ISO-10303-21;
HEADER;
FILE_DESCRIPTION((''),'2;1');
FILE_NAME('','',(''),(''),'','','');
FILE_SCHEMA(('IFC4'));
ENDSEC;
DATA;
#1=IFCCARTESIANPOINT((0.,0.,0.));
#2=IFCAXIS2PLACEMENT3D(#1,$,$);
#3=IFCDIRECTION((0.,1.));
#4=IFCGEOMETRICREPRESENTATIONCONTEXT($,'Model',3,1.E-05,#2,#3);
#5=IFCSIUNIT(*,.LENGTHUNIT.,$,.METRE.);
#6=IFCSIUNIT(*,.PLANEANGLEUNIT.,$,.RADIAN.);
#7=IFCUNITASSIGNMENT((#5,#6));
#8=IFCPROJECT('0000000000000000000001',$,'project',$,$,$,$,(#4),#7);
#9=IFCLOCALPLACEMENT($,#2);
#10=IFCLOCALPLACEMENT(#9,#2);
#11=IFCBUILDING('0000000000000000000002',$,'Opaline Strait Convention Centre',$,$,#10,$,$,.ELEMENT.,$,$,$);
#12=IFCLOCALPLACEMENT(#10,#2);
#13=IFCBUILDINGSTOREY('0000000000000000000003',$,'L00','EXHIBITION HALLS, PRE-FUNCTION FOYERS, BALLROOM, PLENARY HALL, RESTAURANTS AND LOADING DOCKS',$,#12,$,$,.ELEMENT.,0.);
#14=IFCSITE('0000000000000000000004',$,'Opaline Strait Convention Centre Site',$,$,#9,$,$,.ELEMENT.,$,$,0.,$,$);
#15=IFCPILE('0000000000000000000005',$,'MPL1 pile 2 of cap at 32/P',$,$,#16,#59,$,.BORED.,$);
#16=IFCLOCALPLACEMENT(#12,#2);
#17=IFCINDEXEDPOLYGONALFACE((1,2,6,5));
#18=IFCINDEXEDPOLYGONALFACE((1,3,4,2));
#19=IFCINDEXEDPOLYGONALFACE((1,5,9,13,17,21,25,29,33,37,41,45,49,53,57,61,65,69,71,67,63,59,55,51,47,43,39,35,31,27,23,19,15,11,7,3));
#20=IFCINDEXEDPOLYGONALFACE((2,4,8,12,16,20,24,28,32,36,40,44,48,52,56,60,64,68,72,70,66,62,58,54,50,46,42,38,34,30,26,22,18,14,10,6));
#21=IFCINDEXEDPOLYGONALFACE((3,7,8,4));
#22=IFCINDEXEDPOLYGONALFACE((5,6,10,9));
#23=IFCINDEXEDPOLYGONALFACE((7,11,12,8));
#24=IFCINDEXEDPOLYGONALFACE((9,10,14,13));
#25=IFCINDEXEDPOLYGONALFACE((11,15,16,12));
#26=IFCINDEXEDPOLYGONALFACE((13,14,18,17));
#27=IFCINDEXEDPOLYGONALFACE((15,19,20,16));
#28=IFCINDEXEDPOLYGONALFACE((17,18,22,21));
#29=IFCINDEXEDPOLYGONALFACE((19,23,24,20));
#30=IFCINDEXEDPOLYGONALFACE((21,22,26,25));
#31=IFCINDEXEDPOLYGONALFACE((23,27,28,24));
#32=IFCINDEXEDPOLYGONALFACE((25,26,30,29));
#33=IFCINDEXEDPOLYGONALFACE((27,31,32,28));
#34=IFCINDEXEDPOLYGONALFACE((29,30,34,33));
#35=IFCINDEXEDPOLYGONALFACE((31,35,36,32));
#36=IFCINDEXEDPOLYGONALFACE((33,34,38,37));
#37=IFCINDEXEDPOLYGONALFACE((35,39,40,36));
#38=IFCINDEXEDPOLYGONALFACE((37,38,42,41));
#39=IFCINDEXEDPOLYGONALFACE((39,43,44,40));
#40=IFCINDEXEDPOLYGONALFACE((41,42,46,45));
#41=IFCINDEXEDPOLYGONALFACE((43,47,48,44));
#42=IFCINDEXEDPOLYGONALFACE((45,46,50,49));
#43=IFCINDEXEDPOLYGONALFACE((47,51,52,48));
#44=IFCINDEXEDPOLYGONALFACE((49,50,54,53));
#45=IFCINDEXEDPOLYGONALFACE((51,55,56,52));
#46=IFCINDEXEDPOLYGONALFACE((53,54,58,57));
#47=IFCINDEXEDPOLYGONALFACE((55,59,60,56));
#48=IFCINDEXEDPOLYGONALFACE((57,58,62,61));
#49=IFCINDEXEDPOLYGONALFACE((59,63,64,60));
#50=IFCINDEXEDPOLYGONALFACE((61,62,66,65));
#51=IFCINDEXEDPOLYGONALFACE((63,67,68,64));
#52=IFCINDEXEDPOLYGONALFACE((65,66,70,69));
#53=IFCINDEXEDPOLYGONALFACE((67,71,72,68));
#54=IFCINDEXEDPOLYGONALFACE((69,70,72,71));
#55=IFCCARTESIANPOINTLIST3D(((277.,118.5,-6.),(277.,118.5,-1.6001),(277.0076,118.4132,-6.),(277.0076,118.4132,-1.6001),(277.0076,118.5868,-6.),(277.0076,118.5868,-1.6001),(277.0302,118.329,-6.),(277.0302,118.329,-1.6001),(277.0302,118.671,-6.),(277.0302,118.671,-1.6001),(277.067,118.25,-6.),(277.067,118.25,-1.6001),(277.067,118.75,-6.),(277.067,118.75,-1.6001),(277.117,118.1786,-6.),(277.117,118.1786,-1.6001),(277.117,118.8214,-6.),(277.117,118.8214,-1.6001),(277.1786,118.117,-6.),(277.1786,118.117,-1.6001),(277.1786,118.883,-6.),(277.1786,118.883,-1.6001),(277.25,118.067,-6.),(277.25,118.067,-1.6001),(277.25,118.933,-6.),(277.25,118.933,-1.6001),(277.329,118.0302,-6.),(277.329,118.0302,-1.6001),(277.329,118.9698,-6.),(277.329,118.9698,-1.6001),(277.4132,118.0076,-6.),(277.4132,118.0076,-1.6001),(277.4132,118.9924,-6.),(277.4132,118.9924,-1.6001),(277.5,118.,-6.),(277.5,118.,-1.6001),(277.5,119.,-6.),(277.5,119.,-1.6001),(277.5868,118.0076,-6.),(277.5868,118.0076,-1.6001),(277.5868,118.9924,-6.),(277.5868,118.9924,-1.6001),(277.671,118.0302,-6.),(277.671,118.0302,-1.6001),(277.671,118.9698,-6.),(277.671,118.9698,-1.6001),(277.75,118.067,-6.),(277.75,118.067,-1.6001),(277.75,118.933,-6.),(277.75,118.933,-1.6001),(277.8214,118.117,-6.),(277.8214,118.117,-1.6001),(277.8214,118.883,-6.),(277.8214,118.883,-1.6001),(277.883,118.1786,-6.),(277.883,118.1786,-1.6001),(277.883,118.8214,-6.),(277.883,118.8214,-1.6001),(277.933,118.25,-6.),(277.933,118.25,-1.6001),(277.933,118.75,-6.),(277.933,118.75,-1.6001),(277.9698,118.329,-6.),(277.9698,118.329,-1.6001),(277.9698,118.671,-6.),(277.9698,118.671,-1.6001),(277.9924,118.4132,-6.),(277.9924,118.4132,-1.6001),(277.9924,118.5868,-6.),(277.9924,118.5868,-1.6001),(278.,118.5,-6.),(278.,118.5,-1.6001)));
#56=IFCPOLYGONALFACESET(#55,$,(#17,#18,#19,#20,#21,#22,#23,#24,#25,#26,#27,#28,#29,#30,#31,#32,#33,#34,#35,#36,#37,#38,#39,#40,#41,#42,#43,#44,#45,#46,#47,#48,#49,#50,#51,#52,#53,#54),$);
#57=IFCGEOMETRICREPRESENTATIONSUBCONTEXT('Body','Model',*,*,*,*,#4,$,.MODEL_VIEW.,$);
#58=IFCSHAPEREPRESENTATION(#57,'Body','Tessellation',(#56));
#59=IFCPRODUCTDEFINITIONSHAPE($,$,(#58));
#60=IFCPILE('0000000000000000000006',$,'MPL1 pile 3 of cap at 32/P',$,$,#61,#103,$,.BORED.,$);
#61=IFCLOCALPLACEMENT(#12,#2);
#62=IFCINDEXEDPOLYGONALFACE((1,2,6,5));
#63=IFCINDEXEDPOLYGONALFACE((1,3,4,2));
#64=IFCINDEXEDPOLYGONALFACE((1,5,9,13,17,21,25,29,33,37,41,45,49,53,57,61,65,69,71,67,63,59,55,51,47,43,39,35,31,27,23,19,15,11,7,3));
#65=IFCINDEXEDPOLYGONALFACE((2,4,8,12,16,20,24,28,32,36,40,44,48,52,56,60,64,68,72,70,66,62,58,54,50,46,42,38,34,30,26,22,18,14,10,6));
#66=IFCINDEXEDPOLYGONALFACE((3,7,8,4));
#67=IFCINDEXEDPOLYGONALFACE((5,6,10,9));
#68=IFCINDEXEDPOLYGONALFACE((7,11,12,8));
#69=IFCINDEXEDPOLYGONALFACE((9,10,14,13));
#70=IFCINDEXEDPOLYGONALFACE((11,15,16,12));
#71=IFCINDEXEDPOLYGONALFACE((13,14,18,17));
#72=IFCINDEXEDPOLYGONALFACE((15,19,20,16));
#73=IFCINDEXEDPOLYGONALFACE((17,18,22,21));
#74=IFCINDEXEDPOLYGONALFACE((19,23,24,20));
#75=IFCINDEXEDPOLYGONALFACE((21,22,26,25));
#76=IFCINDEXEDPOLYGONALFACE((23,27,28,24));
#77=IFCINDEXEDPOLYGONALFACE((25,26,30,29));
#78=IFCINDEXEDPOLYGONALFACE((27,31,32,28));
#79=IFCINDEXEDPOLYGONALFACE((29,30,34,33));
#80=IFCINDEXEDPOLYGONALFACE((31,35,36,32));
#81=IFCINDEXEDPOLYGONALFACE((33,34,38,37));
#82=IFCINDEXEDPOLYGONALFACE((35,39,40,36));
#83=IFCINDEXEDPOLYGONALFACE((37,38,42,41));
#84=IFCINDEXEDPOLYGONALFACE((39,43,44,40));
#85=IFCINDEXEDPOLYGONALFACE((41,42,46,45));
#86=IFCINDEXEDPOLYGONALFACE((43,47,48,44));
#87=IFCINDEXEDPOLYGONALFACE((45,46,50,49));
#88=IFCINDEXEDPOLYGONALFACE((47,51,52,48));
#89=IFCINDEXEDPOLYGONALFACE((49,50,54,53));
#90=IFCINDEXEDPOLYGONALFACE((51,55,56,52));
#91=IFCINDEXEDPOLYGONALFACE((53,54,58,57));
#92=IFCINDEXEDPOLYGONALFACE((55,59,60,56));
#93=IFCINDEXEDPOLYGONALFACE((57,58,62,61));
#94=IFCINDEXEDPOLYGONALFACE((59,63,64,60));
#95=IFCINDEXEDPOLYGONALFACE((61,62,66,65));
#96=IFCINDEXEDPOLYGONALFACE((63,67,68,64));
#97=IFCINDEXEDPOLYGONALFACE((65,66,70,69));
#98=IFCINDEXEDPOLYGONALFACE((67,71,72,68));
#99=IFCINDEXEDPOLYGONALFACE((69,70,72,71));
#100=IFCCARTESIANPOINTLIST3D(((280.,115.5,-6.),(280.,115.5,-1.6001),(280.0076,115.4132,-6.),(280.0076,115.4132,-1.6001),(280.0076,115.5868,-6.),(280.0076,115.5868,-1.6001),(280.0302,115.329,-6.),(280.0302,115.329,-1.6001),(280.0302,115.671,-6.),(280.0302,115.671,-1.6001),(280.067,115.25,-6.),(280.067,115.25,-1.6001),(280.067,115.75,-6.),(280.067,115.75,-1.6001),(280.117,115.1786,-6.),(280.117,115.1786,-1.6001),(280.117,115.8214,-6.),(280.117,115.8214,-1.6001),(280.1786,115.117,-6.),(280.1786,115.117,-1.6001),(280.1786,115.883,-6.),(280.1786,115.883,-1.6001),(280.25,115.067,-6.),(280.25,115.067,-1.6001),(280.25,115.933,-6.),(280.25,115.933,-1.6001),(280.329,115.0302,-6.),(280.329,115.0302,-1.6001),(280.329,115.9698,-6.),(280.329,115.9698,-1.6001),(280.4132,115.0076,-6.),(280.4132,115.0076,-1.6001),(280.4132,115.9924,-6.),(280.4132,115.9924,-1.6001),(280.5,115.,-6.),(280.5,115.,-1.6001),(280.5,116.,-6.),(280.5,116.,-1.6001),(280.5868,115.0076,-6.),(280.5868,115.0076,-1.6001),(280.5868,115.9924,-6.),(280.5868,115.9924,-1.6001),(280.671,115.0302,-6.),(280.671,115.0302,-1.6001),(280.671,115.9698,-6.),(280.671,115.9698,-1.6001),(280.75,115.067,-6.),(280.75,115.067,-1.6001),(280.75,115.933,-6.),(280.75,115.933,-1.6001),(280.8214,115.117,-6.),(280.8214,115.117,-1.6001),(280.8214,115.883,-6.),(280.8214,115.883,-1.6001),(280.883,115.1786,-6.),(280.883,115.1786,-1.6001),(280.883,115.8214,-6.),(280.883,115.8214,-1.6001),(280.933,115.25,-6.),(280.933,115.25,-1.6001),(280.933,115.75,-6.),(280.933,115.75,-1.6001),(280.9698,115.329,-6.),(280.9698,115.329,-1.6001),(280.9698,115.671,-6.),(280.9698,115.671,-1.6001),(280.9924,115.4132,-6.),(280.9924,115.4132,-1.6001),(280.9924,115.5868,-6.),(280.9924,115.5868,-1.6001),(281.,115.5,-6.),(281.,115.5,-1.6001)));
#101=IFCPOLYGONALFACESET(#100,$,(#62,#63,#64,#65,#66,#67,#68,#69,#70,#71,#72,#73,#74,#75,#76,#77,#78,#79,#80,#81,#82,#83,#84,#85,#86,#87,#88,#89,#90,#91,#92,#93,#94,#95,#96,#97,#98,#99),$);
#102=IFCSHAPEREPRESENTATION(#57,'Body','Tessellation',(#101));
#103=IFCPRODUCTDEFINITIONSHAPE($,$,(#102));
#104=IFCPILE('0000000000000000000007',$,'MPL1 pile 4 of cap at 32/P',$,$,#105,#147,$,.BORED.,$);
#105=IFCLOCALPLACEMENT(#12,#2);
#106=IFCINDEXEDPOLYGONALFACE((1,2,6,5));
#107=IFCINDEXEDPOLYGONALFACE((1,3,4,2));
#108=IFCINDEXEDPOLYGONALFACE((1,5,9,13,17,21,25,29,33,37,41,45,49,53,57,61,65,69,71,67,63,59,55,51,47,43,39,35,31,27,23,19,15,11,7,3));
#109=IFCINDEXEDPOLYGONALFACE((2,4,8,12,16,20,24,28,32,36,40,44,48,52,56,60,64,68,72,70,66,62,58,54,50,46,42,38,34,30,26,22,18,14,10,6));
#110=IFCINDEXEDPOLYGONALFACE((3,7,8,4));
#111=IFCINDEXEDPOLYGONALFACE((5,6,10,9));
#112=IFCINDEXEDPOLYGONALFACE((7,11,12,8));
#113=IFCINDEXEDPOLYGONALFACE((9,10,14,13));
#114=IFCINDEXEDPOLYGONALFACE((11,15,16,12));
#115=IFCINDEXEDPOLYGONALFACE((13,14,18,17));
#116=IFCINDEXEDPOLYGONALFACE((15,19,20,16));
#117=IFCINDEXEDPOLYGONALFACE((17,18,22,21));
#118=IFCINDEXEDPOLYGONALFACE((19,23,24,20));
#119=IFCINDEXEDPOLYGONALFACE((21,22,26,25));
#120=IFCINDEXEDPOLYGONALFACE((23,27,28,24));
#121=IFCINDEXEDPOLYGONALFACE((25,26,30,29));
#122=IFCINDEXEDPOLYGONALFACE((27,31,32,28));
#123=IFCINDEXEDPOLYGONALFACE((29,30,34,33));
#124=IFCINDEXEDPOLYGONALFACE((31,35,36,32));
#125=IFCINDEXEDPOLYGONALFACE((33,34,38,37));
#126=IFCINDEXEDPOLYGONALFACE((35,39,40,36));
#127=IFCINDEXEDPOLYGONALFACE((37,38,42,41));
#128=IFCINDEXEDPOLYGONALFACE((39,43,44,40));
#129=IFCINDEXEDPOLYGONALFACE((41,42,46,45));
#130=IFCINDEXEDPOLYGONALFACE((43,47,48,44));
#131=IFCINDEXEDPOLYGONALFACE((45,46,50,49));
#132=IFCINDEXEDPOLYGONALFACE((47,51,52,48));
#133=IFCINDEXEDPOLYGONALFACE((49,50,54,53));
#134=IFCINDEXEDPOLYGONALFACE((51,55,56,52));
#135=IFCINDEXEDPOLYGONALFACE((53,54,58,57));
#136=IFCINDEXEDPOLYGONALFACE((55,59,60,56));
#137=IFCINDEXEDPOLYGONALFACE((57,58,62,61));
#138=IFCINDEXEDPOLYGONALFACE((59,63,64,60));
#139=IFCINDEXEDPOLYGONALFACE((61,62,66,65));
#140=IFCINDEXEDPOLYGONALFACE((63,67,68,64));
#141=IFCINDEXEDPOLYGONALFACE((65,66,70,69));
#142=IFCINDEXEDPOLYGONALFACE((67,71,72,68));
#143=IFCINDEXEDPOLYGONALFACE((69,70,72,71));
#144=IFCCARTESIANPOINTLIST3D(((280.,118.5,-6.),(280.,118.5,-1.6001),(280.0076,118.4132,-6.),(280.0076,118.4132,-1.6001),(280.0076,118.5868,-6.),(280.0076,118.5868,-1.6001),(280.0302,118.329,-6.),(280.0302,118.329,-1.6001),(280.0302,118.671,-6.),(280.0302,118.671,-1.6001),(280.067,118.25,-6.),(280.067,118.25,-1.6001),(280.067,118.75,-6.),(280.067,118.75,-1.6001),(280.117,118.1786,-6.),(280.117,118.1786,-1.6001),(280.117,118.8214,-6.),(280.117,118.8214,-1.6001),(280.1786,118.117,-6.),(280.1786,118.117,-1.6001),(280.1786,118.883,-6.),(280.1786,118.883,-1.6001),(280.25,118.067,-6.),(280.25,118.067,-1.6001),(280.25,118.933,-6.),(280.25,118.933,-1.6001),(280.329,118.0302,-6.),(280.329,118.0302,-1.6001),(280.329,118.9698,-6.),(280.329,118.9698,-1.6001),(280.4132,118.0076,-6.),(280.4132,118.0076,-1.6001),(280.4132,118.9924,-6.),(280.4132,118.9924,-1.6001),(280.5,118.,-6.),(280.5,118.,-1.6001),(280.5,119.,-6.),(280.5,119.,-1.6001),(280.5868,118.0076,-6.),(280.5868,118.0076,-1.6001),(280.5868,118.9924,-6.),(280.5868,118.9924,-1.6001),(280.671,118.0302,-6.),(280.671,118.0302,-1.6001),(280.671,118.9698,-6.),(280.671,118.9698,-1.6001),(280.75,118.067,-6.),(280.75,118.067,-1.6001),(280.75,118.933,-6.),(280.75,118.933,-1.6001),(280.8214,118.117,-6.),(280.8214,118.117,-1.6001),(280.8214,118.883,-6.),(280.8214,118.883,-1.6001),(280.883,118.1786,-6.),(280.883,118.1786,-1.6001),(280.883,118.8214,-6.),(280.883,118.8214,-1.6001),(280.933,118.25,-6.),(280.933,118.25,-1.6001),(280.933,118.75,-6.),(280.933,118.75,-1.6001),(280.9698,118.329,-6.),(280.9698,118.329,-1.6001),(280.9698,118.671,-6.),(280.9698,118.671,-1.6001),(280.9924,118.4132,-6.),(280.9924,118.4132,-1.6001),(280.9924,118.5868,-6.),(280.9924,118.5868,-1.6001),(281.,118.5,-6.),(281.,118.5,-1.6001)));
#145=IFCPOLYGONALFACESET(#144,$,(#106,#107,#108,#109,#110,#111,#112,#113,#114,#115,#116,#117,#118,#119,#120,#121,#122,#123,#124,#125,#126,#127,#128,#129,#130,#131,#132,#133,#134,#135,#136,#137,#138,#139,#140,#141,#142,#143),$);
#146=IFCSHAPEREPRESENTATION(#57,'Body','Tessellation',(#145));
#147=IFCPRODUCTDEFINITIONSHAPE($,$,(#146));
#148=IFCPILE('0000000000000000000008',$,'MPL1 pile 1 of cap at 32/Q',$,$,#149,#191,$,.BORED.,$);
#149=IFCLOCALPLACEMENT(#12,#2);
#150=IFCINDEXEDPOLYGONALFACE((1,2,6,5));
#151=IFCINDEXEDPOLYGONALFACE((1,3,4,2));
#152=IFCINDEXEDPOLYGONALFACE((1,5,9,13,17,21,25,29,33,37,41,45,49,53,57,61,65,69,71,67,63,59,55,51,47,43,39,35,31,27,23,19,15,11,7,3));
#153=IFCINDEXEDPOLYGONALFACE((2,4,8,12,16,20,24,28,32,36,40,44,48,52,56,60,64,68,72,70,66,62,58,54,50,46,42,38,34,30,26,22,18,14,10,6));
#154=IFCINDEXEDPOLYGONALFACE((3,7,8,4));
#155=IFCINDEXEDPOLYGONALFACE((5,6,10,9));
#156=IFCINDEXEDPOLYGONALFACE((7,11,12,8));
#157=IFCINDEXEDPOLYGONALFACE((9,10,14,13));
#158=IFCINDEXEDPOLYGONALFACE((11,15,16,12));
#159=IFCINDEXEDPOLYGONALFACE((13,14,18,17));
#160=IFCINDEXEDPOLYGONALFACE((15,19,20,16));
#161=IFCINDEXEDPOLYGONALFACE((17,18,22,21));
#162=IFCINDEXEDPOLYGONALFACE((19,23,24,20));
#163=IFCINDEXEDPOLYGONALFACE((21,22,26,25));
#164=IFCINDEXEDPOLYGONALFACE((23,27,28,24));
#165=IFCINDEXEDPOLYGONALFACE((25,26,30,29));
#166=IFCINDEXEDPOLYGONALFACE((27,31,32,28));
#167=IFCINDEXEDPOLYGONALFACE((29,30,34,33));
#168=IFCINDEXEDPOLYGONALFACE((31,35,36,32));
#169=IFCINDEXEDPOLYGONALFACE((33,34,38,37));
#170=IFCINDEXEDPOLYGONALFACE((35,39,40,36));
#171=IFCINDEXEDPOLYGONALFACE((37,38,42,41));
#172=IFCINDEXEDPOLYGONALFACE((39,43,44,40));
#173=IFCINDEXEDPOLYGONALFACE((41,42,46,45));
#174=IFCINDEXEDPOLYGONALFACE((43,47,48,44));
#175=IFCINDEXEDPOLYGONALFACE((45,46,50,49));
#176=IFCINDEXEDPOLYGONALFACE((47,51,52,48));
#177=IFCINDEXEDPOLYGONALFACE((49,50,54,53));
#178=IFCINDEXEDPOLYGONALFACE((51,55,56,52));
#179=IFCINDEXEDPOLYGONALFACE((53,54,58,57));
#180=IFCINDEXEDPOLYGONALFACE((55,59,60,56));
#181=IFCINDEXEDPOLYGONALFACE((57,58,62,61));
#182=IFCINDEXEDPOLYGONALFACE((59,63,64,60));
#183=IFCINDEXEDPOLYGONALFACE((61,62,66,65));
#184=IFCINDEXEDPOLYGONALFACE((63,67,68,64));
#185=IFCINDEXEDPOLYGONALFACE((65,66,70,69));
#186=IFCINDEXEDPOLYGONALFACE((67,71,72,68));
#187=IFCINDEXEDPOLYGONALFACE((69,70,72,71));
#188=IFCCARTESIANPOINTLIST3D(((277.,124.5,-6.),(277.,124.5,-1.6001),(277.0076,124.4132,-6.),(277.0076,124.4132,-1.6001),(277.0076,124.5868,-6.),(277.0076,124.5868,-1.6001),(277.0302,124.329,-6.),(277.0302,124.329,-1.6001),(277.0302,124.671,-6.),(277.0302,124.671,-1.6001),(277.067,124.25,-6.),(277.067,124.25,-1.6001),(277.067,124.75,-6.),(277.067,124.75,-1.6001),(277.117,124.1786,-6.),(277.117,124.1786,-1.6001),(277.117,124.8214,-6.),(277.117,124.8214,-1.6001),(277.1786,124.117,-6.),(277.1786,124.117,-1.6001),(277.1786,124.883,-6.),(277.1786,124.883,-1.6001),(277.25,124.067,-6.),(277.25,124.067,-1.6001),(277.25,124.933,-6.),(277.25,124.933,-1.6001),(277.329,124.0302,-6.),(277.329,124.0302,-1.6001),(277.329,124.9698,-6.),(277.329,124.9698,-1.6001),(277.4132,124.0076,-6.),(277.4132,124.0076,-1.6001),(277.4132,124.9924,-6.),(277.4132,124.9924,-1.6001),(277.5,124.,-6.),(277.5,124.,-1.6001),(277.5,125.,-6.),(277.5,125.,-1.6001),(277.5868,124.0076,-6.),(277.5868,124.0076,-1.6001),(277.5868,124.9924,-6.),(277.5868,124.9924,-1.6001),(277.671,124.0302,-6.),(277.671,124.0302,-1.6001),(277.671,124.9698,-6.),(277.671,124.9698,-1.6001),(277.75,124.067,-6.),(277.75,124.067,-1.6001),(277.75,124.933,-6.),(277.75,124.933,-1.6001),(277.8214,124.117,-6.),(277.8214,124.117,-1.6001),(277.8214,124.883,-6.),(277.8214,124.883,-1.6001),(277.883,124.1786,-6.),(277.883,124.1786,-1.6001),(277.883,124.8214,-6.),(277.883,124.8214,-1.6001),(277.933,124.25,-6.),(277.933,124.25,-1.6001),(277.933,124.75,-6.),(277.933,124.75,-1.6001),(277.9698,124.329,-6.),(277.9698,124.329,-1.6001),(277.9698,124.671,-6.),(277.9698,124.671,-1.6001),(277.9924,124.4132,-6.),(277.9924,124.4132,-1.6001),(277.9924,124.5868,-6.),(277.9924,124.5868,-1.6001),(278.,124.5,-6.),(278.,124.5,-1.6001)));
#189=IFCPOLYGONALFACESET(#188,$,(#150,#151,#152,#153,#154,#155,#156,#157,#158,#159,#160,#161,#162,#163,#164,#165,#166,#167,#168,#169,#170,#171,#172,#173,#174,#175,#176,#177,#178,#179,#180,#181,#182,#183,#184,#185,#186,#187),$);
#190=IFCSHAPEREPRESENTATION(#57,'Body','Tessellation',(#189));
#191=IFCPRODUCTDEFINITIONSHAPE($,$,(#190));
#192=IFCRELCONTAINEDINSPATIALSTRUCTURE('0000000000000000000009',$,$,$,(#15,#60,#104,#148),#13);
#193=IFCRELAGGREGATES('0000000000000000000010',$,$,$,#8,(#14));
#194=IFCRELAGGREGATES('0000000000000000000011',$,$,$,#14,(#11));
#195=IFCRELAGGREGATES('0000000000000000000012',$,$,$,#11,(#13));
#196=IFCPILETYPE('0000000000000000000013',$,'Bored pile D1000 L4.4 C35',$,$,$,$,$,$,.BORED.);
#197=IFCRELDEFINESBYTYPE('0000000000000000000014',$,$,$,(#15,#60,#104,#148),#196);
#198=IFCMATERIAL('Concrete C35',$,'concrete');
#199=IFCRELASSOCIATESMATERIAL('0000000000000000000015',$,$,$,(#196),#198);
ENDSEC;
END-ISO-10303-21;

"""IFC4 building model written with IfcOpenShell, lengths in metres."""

from ifc_helpers import new_model, si_unit, direction, frame, origin, origin_2d, place, context, subcontext, project, spatial, circle, extrude, material, material_profile, profile_set, type_object, element, save


model = new_model("IFC4")

# Units and contexts
model_context = context("Model", 3, precision=1e-05, world=origin(), true_north=direction((0.0, 1.0)))
body_context = subcontext(model_context, "Body", "Model", "MODEL_VIEW")
ifc_project = project(units=[si_unit("LENGTHUNIT", "METRE"), si_unit("PLANEANGLEUNIT", "RADIAN")], contexts=[model_context])

# Site, building, storey
site_placement = place(None, origin())
site = spatial("IfcSite", under=ifc_project, at=site_placement, Name="Opaline Strait Convention Centre Site", CompositionType="ELEMENT", RefElevation=0.0)
building_placement = place(site_placement, origin())
building = spatial("IfcBuilding", under=site, at=building_placement, Name="Opaline Strait Convention Centre", CompositionType="ELEMENT")
storey_placement = place(building_placement, origin())
storey = spatial("IfcBuildingStorey", under=building, at=storey_placement, Name="L00", Description="EXHIBITION HALLS, PRE-FUNCTION FOYERS, BALLROOM, PLENARY HALL, RESTAURANTS AND LOADING DOCKS", CompositionType="ELEMENT", Elevation=0.0)

# Piles
ifc_material_1 = material(Name="Concrete C35", Category="concrete")
ifc_material_profile_1 = material_profile(ifc_material_1, circle(Radius=0.5, at=origin_2d()), Name="D1000")
ifc_profile_set_1 = profile_set([ifc_material_profile_1], Name="Concrete C35")
pile_type = type_object("IfcPileType", Name="Bored pile D1000 L4.4 C35", PredefinedType="BORED", material=ifc_profile_set_1)
for number, where, z_axis, x_axis, name in (
    (1, (277.5, 118.5, -1.6001), (0.0, 0.0, -1.0), (1.0, 0.0, 0.0), "MPL1 pile 2 of cap at 32/P"),
    (2, (280.5, 115.5, -1.6001), (0.0, 0.0, -1.0), (1.0, 0.0, 0.0), "MPL1 pile 3 of cap at 32/P"),
    (3, (280.5, 118.5, -1.6001), (0.0, 0.0, -1.0), (1.0, 0.0, 0.0), "MPL1 pile 4 of cap at 32/P"),
    (4, (277.5, 124.5, -1.6001), (0.0, 0.0, -1.0), (1.0, 0.0, 0.0), "MPL1 pile 1 of cap at 32/Q"),
):
    element("IfcPile", number, at=place(storey_placement, frame(where, z_axis=z_axis, x_axis=x_axis)), inside=storey, type_object=pile_type, Name=name, PredefinedType="BORED", context=body_context, shape_type="SweptSolid", body=[
        extrude(circle(Radius=0.5, at=origin_2d()), origin(), (0.0, 0.0, 1.0), 4.3999),
    ])

save(model, "model.ifc")
